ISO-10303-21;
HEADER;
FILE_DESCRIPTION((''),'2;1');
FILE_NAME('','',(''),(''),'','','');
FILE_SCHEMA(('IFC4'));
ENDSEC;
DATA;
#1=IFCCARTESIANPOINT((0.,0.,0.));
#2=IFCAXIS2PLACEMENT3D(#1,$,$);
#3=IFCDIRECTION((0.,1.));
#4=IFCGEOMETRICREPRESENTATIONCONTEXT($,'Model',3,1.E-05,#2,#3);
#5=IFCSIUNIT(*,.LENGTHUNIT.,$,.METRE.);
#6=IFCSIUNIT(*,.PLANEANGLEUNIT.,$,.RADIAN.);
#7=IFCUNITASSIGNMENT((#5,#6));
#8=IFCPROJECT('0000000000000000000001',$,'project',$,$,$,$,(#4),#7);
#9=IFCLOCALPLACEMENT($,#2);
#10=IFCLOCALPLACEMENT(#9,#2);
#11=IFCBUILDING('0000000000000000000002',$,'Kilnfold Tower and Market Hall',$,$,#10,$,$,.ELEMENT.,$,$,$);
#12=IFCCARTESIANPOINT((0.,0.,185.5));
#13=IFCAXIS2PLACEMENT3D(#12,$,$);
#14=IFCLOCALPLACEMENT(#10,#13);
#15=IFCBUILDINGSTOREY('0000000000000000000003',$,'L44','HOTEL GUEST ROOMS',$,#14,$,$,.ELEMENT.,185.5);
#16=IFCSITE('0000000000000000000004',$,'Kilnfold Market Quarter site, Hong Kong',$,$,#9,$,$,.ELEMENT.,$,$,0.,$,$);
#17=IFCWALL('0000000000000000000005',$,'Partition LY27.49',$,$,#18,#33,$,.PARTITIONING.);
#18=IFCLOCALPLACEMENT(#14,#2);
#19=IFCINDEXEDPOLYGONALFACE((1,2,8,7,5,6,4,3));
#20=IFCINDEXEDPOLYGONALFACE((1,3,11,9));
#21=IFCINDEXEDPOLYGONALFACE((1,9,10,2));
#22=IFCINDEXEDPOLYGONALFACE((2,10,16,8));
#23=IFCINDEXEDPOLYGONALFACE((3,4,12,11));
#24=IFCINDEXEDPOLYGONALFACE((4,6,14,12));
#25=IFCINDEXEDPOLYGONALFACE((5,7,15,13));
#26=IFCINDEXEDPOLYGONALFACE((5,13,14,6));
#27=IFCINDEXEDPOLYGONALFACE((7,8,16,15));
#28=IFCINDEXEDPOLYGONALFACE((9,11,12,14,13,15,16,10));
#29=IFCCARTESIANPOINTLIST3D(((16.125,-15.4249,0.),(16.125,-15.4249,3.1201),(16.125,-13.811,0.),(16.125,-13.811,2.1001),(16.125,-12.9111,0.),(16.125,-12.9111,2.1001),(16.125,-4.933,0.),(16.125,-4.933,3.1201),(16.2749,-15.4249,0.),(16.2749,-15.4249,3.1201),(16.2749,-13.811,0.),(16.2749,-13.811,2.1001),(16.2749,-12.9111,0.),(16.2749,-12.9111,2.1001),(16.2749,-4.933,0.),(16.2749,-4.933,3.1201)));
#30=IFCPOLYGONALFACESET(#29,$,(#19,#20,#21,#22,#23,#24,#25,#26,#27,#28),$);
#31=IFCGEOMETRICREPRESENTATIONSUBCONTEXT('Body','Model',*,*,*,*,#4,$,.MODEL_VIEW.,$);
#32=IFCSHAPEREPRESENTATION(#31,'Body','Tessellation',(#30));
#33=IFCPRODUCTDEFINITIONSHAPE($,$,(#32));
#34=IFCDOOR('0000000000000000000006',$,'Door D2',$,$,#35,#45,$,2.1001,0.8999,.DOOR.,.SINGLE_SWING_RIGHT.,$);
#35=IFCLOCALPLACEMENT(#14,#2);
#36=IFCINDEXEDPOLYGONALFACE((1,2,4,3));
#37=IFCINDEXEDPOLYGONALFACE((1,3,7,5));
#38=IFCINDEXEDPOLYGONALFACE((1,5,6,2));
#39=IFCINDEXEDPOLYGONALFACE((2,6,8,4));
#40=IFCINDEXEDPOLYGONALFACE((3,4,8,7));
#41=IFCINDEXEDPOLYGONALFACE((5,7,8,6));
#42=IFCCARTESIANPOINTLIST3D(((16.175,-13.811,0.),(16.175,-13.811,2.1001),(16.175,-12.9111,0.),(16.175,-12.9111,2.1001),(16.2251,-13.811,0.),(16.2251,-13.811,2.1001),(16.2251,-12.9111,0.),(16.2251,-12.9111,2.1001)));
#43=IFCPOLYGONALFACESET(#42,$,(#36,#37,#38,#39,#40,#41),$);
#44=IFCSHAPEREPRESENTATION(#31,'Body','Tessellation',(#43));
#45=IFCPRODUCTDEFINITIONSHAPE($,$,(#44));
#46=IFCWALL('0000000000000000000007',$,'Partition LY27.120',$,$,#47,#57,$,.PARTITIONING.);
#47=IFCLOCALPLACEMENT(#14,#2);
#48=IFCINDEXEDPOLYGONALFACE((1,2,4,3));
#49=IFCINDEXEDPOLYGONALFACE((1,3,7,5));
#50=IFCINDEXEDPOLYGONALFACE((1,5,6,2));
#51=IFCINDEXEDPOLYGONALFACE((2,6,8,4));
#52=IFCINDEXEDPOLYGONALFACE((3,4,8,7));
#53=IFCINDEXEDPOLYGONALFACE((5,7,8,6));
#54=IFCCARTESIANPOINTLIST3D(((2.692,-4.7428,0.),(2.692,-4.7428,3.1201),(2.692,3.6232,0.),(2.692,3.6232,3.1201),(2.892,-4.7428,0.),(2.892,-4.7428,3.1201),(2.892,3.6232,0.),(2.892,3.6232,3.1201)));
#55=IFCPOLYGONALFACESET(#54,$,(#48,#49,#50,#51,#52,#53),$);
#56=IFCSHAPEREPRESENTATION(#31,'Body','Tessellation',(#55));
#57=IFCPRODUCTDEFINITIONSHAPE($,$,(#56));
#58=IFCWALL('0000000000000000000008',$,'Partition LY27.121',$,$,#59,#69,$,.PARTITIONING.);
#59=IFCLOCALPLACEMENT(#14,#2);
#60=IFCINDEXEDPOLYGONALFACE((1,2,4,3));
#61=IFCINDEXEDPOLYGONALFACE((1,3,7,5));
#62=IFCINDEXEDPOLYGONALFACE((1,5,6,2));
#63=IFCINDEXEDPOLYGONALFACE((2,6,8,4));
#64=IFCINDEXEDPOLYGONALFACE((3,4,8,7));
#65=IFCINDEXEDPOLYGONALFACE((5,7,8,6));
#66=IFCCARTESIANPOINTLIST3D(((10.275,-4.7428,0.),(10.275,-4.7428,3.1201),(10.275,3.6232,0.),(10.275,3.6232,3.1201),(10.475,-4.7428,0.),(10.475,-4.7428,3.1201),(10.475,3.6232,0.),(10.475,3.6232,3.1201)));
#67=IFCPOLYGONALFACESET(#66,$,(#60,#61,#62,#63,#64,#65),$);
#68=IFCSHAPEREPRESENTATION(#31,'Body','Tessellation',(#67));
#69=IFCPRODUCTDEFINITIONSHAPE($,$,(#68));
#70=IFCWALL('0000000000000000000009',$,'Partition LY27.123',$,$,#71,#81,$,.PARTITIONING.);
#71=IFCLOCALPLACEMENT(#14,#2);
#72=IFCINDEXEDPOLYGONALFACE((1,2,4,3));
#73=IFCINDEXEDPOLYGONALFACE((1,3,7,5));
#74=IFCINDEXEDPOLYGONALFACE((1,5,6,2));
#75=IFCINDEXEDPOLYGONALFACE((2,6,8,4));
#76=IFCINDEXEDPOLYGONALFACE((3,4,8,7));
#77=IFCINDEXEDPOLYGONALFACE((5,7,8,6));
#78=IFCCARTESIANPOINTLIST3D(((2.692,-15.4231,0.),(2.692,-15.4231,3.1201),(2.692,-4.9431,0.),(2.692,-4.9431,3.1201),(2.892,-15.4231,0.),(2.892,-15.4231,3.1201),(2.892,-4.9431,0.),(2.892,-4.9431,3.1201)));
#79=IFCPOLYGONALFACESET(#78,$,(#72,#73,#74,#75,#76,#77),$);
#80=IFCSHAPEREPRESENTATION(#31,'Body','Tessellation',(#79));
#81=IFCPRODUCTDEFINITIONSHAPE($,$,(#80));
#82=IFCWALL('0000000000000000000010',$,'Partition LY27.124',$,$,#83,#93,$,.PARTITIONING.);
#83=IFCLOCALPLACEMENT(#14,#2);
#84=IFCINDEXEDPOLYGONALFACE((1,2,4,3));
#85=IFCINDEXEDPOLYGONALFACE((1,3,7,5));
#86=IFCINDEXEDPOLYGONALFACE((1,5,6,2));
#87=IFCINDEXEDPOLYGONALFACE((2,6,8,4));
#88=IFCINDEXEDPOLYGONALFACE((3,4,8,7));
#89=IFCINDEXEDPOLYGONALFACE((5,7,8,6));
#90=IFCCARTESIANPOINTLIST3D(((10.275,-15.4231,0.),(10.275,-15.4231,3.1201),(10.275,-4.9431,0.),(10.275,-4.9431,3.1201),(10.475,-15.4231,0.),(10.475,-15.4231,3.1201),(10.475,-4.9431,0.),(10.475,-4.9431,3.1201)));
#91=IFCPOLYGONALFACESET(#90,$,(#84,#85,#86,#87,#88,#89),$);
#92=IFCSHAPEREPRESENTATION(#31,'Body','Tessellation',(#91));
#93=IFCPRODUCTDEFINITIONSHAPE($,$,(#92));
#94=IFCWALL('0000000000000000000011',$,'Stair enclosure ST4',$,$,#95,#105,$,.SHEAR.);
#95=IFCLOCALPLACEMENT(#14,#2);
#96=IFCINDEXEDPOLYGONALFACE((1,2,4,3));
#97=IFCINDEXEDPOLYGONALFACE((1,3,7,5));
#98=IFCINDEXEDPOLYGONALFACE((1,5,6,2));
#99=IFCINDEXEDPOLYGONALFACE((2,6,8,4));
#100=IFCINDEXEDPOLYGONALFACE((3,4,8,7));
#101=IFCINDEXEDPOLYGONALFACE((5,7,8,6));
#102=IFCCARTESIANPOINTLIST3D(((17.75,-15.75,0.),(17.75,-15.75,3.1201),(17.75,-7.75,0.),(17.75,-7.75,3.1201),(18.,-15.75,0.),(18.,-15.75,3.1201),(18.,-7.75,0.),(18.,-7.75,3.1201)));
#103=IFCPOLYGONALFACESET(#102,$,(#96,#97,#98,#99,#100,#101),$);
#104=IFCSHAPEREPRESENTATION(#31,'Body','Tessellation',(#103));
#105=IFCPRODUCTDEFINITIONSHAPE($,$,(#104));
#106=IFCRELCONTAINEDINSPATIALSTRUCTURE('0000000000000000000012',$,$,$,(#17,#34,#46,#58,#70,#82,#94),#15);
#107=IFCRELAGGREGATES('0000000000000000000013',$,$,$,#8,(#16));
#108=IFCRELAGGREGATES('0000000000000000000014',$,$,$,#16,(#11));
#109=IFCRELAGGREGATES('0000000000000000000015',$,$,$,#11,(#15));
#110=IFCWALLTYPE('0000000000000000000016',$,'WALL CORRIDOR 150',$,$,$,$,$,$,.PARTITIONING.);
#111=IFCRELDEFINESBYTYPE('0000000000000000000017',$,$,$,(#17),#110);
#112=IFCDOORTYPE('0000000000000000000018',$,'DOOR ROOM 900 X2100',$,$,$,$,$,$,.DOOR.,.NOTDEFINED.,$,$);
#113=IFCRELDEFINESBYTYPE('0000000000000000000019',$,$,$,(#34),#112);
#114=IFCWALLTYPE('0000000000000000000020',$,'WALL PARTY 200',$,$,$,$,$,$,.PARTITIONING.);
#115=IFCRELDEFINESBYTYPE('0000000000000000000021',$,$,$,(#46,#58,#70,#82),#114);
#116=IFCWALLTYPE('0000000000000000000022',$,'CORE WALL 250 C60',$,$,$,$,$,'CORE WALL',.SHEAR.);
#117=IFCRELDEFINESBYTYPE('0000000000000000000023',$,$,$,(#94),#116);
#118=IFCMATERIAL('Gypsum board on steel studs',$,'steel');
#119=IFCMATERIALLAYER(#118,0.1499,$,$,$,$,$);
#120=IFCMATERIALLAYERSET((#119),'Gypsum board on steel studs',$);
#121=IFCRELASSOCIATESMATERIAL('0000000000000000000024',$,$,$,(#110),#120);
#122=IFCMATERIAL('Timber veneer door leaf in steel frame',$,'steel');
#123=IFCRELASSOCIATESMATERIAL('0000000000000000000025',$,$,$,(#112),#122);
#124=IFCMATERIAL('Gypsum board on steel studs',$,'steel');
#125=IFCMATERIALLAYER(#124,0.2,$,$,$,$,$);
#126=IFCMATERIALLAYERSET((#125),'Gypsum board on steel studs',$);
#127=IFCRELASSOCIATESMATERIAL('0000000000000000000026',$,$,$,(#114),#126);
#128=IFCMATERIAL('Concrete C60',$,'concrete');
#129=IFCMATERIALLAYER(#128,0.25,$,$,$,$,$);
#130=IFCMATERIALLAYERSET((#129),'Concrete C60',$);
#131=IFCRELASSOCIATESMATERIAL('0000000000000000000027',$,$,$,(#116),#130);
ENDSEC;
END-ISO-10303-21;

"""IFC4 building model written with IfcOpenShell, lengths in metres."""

from ifc_helpers import new_model, si_unit, direction, frame, frame_2d, origin, place, context, subcontext, project, spatial, rectangle, extrude, source, transform, mapped, material, layer, layer_set, type_object, element, fill, save


model = new_model("IFC4")

# Units and contexts
model_context = context("Model", 3, precision=1e-05, world=origin(), true_north=direction((0.0, 1.0)))
body_context = subcontext(model_context, "Body", "Model", "MODEL_VIEW")
ifc_project = project(units=[si_unit("LENGTHUNIT", "METRE"), si_unit("PLANEANGLEUNIT", "RADIAN")], contexts=[model_context])

# Site, building, storey
site_placement = place(None, origin())
site = spatial("IfcSite", under=ifc_project, at=site_placement, Name="Kilnfold Market Quarter site, Hong Kong", CompositionType="ELEMENT", RefElevation=0.0)
building_placement = place(site_placement, origin())
building = spatial("IfcBuilding", under=site, at=building_placement, Name="Kilnfold Tower and Market Hall", CompositionType="ELEMENT")
storey_placement = place(building_placement, frame((0.0, 0.0, 185.5)))
storey = spatial("IfcBuildingStorey", under=building, at=storey_placement, Name="L44", Description="HOTEL GUEST ROOMS", CompositionType="ELEMENT", Elevation=185.5)

# Shared definitions
ifc_material_1 = material(Name="Gypsum board on steel studs", Category="steel")
ifc_layer_1 = layer(ifc_material_1, 0.1499)
ifc_layer_set_1 = layer_set([ifc_layer_1], Name="Gypsum board on steel studs")
wall_type_1 = type_object("IfcWallType", Name="WALL CORRIDOR 150", PredefinedType="PARTITIONING", material=ifc_layer_set_1)

# Wall, opening, door
wall_1_placement = place(storey_placement, frame((16.2, -15.425, 0.0), z_axis=(0.0, 0.0, 1.0), x_axis=(0.0, 1.0, 0.0)))
wall_1 = element("IfcWall", 1, at=wall_1_placement, inside=storey, type_object=wall_type_1, Name="Partition LY27.49", PredefinedType="PARTITIONING", context=body_context, shape_type="SweptSolid", body=[
    extrude(rectangle(XDim=10.4919, YDim=0.1499, at=frame_2d((5.2461, 0.0))), origin(), (0.0, 0.0, 1.0), 3.1201),
])
opening_1_placement = place(wall_1_placement, frame((1.614, 0.0, 0.0)))
opening_1 = element("IfcOpeningElement", 2, at=opening_1_placement, cuts=wall_1, PredefinedType="OPENING", context=body_context, shape_type="SweptSolid", body=[
    extrude(rectangle(XDim=0.8999, YDim=2.1001, at=frame_2d((0.45, 1.05))), frame((0.0, 0.085, 0.0), z_axis=(0.0, -1.0, 0.0), x_axis=(1.0, 0.0, 0.0)), (0.0, 0.0, 1.0), 0.1699),
])
ifc_material_2 = material(Name="Timber veneer door leaf in steel frame", Category="steel")
door_type_1 = type_object("IfcDoorType", Name="DOOR ROOM 900 X2100", OperationType="NOTDEFINED", PredefinedType="DOOR", material=ifc_material_2)
door_1_placement = place(opening_1_placement, origin())
door_1 = element("IfcDoor", 3, at=door_1_placement, inside=storey, type_object=door_type_1, Name="Door D2", OperationType="SINGLE_SWING_RIGHT", OverallHeight=2.1001, OverallWidth=0.8999, PredefinedType="DOOR", context=body_context, shape_type="SweptSolid", body=[
    extrude(rectangle(XDim=0.8999, YDim=2.1001, at=frame_2d((0.45, 1.05))), frame((0.0, 0.0249, 0.0), z_axis=(0.0, -1.0, 0.0), x_axis=(1.0, 0.0, 0.0)), (0.0, 0.0, 1.0), 0.05),
])
fill(opening_1, door_1)

# Walls
ifc_material_3 = material(Name="Gypsum board on steel studs", Category="steel")
ifc_layer_2 = layer(ifc_material_3, 0.2)
ifc_layer_set_2 = layer_set([ifc_layer_2], Name="Gypsum board on steel studs")
wall_type_2 = type_object("IfcWallType", Name="WALL PARTY 200", PredefinedType="PARTITIONING", material=ifc_layer_set_2)
for number, where, z_axis, x_axis, name in (
    (4, (2.792, -4.7429, 0.0), (0.0, 0.0, 1.0), (0.0, 1.0, 0.0), "Partition LY27.120"),
    (5, (10.375, -4.7429, 0.0), (0.0, 0.0, 1.0), (0.0, 1.0, 0.0), "Partition LY27.121"),
):
    element("IfcWall", number, at=place(storey_placement, frame(where, z_axis=z_axis, x_axis=x_axis)), inside=storey, type_object=wall_type_2, Name=name, PredefinedType="PARTITIONING", context=body_context, shape_type="SweptSolid", body=[
        extrude(rectangle(XDim=8.366, YDim=0.2, at=frame_2d((4.1831, 0.0))), origin(), (0.0, 0.0, 1.0), 3.1201),
    ])
for number, where, z_axis, x_axis, name in (
    (6, (2.792, -15.4231, 0.0), (0.0, 0.0, 1.0), (0.0, 1.0, 0.0), "Partition LY27.123"),
    (7, (10.375, -15.4231, 0.0), (0.0, 0.0, 1.0), (0.0, 1.0, 0.0), "Partition LY27.124"),
):
    element("IfcWall", number, at=place(storey_placement, frame(where, z_axis=z_axis, x_axis=x_axis)), inside=storey, type_object=wall_type_2, Name=name, PredefinedType="PARTITIONING", context=body_context, shape_type="SweptSolid", body=[
        extrude(rectangle(XDim=10.48, YDim=0.2, at=frame_2d((5.24, 0.0))), origin(), (0.0, 0.0, 1.0), 3.1201),
    ])
ifc_material_4 = material(Name="Concrete C60", Category="concrete")
ifc_layer_3 = layer(ifc_material_4, 0.25)
ifc_layer_set_3 = layer_set([ifc_layer_3], Name="Concrete C60")
wall_type_3 = type_object("IfcWallType", Name="CORE WALL 250 C60", ElementType="CORE WALL", PredefinedType="SHEAR", material=ifc_layer_set_3)
shared_shape_1 = source(origin(), body_context, "Body", "SweptSolid", [
    extrude(rectangle(XDim=8.0, YDim=0.25, at=frame_2d((4.0, 0.0))), origin(), (0.0, 0.0, 1.0), 3.1201),
])
wall_2_placement = place(storey_placement, frame((17.875, -15.75, 0.0), z_axis=(0.0, 0.0, 1.0), x_axis=(0.0, 1.0, 0.0)))
element("IfcWall", 8, at=wall_2_placement, inside=storey, type_object=wall_type_3, Name="Stair enclosure ST4", PredefinedType="SHEAR", context=body_context, shape_type="MappedRepresentation", body=[
    mapped(shared_shape_1, transform((0.0, 0.0, 0.0))),
])

save(model, "model.ifc")
